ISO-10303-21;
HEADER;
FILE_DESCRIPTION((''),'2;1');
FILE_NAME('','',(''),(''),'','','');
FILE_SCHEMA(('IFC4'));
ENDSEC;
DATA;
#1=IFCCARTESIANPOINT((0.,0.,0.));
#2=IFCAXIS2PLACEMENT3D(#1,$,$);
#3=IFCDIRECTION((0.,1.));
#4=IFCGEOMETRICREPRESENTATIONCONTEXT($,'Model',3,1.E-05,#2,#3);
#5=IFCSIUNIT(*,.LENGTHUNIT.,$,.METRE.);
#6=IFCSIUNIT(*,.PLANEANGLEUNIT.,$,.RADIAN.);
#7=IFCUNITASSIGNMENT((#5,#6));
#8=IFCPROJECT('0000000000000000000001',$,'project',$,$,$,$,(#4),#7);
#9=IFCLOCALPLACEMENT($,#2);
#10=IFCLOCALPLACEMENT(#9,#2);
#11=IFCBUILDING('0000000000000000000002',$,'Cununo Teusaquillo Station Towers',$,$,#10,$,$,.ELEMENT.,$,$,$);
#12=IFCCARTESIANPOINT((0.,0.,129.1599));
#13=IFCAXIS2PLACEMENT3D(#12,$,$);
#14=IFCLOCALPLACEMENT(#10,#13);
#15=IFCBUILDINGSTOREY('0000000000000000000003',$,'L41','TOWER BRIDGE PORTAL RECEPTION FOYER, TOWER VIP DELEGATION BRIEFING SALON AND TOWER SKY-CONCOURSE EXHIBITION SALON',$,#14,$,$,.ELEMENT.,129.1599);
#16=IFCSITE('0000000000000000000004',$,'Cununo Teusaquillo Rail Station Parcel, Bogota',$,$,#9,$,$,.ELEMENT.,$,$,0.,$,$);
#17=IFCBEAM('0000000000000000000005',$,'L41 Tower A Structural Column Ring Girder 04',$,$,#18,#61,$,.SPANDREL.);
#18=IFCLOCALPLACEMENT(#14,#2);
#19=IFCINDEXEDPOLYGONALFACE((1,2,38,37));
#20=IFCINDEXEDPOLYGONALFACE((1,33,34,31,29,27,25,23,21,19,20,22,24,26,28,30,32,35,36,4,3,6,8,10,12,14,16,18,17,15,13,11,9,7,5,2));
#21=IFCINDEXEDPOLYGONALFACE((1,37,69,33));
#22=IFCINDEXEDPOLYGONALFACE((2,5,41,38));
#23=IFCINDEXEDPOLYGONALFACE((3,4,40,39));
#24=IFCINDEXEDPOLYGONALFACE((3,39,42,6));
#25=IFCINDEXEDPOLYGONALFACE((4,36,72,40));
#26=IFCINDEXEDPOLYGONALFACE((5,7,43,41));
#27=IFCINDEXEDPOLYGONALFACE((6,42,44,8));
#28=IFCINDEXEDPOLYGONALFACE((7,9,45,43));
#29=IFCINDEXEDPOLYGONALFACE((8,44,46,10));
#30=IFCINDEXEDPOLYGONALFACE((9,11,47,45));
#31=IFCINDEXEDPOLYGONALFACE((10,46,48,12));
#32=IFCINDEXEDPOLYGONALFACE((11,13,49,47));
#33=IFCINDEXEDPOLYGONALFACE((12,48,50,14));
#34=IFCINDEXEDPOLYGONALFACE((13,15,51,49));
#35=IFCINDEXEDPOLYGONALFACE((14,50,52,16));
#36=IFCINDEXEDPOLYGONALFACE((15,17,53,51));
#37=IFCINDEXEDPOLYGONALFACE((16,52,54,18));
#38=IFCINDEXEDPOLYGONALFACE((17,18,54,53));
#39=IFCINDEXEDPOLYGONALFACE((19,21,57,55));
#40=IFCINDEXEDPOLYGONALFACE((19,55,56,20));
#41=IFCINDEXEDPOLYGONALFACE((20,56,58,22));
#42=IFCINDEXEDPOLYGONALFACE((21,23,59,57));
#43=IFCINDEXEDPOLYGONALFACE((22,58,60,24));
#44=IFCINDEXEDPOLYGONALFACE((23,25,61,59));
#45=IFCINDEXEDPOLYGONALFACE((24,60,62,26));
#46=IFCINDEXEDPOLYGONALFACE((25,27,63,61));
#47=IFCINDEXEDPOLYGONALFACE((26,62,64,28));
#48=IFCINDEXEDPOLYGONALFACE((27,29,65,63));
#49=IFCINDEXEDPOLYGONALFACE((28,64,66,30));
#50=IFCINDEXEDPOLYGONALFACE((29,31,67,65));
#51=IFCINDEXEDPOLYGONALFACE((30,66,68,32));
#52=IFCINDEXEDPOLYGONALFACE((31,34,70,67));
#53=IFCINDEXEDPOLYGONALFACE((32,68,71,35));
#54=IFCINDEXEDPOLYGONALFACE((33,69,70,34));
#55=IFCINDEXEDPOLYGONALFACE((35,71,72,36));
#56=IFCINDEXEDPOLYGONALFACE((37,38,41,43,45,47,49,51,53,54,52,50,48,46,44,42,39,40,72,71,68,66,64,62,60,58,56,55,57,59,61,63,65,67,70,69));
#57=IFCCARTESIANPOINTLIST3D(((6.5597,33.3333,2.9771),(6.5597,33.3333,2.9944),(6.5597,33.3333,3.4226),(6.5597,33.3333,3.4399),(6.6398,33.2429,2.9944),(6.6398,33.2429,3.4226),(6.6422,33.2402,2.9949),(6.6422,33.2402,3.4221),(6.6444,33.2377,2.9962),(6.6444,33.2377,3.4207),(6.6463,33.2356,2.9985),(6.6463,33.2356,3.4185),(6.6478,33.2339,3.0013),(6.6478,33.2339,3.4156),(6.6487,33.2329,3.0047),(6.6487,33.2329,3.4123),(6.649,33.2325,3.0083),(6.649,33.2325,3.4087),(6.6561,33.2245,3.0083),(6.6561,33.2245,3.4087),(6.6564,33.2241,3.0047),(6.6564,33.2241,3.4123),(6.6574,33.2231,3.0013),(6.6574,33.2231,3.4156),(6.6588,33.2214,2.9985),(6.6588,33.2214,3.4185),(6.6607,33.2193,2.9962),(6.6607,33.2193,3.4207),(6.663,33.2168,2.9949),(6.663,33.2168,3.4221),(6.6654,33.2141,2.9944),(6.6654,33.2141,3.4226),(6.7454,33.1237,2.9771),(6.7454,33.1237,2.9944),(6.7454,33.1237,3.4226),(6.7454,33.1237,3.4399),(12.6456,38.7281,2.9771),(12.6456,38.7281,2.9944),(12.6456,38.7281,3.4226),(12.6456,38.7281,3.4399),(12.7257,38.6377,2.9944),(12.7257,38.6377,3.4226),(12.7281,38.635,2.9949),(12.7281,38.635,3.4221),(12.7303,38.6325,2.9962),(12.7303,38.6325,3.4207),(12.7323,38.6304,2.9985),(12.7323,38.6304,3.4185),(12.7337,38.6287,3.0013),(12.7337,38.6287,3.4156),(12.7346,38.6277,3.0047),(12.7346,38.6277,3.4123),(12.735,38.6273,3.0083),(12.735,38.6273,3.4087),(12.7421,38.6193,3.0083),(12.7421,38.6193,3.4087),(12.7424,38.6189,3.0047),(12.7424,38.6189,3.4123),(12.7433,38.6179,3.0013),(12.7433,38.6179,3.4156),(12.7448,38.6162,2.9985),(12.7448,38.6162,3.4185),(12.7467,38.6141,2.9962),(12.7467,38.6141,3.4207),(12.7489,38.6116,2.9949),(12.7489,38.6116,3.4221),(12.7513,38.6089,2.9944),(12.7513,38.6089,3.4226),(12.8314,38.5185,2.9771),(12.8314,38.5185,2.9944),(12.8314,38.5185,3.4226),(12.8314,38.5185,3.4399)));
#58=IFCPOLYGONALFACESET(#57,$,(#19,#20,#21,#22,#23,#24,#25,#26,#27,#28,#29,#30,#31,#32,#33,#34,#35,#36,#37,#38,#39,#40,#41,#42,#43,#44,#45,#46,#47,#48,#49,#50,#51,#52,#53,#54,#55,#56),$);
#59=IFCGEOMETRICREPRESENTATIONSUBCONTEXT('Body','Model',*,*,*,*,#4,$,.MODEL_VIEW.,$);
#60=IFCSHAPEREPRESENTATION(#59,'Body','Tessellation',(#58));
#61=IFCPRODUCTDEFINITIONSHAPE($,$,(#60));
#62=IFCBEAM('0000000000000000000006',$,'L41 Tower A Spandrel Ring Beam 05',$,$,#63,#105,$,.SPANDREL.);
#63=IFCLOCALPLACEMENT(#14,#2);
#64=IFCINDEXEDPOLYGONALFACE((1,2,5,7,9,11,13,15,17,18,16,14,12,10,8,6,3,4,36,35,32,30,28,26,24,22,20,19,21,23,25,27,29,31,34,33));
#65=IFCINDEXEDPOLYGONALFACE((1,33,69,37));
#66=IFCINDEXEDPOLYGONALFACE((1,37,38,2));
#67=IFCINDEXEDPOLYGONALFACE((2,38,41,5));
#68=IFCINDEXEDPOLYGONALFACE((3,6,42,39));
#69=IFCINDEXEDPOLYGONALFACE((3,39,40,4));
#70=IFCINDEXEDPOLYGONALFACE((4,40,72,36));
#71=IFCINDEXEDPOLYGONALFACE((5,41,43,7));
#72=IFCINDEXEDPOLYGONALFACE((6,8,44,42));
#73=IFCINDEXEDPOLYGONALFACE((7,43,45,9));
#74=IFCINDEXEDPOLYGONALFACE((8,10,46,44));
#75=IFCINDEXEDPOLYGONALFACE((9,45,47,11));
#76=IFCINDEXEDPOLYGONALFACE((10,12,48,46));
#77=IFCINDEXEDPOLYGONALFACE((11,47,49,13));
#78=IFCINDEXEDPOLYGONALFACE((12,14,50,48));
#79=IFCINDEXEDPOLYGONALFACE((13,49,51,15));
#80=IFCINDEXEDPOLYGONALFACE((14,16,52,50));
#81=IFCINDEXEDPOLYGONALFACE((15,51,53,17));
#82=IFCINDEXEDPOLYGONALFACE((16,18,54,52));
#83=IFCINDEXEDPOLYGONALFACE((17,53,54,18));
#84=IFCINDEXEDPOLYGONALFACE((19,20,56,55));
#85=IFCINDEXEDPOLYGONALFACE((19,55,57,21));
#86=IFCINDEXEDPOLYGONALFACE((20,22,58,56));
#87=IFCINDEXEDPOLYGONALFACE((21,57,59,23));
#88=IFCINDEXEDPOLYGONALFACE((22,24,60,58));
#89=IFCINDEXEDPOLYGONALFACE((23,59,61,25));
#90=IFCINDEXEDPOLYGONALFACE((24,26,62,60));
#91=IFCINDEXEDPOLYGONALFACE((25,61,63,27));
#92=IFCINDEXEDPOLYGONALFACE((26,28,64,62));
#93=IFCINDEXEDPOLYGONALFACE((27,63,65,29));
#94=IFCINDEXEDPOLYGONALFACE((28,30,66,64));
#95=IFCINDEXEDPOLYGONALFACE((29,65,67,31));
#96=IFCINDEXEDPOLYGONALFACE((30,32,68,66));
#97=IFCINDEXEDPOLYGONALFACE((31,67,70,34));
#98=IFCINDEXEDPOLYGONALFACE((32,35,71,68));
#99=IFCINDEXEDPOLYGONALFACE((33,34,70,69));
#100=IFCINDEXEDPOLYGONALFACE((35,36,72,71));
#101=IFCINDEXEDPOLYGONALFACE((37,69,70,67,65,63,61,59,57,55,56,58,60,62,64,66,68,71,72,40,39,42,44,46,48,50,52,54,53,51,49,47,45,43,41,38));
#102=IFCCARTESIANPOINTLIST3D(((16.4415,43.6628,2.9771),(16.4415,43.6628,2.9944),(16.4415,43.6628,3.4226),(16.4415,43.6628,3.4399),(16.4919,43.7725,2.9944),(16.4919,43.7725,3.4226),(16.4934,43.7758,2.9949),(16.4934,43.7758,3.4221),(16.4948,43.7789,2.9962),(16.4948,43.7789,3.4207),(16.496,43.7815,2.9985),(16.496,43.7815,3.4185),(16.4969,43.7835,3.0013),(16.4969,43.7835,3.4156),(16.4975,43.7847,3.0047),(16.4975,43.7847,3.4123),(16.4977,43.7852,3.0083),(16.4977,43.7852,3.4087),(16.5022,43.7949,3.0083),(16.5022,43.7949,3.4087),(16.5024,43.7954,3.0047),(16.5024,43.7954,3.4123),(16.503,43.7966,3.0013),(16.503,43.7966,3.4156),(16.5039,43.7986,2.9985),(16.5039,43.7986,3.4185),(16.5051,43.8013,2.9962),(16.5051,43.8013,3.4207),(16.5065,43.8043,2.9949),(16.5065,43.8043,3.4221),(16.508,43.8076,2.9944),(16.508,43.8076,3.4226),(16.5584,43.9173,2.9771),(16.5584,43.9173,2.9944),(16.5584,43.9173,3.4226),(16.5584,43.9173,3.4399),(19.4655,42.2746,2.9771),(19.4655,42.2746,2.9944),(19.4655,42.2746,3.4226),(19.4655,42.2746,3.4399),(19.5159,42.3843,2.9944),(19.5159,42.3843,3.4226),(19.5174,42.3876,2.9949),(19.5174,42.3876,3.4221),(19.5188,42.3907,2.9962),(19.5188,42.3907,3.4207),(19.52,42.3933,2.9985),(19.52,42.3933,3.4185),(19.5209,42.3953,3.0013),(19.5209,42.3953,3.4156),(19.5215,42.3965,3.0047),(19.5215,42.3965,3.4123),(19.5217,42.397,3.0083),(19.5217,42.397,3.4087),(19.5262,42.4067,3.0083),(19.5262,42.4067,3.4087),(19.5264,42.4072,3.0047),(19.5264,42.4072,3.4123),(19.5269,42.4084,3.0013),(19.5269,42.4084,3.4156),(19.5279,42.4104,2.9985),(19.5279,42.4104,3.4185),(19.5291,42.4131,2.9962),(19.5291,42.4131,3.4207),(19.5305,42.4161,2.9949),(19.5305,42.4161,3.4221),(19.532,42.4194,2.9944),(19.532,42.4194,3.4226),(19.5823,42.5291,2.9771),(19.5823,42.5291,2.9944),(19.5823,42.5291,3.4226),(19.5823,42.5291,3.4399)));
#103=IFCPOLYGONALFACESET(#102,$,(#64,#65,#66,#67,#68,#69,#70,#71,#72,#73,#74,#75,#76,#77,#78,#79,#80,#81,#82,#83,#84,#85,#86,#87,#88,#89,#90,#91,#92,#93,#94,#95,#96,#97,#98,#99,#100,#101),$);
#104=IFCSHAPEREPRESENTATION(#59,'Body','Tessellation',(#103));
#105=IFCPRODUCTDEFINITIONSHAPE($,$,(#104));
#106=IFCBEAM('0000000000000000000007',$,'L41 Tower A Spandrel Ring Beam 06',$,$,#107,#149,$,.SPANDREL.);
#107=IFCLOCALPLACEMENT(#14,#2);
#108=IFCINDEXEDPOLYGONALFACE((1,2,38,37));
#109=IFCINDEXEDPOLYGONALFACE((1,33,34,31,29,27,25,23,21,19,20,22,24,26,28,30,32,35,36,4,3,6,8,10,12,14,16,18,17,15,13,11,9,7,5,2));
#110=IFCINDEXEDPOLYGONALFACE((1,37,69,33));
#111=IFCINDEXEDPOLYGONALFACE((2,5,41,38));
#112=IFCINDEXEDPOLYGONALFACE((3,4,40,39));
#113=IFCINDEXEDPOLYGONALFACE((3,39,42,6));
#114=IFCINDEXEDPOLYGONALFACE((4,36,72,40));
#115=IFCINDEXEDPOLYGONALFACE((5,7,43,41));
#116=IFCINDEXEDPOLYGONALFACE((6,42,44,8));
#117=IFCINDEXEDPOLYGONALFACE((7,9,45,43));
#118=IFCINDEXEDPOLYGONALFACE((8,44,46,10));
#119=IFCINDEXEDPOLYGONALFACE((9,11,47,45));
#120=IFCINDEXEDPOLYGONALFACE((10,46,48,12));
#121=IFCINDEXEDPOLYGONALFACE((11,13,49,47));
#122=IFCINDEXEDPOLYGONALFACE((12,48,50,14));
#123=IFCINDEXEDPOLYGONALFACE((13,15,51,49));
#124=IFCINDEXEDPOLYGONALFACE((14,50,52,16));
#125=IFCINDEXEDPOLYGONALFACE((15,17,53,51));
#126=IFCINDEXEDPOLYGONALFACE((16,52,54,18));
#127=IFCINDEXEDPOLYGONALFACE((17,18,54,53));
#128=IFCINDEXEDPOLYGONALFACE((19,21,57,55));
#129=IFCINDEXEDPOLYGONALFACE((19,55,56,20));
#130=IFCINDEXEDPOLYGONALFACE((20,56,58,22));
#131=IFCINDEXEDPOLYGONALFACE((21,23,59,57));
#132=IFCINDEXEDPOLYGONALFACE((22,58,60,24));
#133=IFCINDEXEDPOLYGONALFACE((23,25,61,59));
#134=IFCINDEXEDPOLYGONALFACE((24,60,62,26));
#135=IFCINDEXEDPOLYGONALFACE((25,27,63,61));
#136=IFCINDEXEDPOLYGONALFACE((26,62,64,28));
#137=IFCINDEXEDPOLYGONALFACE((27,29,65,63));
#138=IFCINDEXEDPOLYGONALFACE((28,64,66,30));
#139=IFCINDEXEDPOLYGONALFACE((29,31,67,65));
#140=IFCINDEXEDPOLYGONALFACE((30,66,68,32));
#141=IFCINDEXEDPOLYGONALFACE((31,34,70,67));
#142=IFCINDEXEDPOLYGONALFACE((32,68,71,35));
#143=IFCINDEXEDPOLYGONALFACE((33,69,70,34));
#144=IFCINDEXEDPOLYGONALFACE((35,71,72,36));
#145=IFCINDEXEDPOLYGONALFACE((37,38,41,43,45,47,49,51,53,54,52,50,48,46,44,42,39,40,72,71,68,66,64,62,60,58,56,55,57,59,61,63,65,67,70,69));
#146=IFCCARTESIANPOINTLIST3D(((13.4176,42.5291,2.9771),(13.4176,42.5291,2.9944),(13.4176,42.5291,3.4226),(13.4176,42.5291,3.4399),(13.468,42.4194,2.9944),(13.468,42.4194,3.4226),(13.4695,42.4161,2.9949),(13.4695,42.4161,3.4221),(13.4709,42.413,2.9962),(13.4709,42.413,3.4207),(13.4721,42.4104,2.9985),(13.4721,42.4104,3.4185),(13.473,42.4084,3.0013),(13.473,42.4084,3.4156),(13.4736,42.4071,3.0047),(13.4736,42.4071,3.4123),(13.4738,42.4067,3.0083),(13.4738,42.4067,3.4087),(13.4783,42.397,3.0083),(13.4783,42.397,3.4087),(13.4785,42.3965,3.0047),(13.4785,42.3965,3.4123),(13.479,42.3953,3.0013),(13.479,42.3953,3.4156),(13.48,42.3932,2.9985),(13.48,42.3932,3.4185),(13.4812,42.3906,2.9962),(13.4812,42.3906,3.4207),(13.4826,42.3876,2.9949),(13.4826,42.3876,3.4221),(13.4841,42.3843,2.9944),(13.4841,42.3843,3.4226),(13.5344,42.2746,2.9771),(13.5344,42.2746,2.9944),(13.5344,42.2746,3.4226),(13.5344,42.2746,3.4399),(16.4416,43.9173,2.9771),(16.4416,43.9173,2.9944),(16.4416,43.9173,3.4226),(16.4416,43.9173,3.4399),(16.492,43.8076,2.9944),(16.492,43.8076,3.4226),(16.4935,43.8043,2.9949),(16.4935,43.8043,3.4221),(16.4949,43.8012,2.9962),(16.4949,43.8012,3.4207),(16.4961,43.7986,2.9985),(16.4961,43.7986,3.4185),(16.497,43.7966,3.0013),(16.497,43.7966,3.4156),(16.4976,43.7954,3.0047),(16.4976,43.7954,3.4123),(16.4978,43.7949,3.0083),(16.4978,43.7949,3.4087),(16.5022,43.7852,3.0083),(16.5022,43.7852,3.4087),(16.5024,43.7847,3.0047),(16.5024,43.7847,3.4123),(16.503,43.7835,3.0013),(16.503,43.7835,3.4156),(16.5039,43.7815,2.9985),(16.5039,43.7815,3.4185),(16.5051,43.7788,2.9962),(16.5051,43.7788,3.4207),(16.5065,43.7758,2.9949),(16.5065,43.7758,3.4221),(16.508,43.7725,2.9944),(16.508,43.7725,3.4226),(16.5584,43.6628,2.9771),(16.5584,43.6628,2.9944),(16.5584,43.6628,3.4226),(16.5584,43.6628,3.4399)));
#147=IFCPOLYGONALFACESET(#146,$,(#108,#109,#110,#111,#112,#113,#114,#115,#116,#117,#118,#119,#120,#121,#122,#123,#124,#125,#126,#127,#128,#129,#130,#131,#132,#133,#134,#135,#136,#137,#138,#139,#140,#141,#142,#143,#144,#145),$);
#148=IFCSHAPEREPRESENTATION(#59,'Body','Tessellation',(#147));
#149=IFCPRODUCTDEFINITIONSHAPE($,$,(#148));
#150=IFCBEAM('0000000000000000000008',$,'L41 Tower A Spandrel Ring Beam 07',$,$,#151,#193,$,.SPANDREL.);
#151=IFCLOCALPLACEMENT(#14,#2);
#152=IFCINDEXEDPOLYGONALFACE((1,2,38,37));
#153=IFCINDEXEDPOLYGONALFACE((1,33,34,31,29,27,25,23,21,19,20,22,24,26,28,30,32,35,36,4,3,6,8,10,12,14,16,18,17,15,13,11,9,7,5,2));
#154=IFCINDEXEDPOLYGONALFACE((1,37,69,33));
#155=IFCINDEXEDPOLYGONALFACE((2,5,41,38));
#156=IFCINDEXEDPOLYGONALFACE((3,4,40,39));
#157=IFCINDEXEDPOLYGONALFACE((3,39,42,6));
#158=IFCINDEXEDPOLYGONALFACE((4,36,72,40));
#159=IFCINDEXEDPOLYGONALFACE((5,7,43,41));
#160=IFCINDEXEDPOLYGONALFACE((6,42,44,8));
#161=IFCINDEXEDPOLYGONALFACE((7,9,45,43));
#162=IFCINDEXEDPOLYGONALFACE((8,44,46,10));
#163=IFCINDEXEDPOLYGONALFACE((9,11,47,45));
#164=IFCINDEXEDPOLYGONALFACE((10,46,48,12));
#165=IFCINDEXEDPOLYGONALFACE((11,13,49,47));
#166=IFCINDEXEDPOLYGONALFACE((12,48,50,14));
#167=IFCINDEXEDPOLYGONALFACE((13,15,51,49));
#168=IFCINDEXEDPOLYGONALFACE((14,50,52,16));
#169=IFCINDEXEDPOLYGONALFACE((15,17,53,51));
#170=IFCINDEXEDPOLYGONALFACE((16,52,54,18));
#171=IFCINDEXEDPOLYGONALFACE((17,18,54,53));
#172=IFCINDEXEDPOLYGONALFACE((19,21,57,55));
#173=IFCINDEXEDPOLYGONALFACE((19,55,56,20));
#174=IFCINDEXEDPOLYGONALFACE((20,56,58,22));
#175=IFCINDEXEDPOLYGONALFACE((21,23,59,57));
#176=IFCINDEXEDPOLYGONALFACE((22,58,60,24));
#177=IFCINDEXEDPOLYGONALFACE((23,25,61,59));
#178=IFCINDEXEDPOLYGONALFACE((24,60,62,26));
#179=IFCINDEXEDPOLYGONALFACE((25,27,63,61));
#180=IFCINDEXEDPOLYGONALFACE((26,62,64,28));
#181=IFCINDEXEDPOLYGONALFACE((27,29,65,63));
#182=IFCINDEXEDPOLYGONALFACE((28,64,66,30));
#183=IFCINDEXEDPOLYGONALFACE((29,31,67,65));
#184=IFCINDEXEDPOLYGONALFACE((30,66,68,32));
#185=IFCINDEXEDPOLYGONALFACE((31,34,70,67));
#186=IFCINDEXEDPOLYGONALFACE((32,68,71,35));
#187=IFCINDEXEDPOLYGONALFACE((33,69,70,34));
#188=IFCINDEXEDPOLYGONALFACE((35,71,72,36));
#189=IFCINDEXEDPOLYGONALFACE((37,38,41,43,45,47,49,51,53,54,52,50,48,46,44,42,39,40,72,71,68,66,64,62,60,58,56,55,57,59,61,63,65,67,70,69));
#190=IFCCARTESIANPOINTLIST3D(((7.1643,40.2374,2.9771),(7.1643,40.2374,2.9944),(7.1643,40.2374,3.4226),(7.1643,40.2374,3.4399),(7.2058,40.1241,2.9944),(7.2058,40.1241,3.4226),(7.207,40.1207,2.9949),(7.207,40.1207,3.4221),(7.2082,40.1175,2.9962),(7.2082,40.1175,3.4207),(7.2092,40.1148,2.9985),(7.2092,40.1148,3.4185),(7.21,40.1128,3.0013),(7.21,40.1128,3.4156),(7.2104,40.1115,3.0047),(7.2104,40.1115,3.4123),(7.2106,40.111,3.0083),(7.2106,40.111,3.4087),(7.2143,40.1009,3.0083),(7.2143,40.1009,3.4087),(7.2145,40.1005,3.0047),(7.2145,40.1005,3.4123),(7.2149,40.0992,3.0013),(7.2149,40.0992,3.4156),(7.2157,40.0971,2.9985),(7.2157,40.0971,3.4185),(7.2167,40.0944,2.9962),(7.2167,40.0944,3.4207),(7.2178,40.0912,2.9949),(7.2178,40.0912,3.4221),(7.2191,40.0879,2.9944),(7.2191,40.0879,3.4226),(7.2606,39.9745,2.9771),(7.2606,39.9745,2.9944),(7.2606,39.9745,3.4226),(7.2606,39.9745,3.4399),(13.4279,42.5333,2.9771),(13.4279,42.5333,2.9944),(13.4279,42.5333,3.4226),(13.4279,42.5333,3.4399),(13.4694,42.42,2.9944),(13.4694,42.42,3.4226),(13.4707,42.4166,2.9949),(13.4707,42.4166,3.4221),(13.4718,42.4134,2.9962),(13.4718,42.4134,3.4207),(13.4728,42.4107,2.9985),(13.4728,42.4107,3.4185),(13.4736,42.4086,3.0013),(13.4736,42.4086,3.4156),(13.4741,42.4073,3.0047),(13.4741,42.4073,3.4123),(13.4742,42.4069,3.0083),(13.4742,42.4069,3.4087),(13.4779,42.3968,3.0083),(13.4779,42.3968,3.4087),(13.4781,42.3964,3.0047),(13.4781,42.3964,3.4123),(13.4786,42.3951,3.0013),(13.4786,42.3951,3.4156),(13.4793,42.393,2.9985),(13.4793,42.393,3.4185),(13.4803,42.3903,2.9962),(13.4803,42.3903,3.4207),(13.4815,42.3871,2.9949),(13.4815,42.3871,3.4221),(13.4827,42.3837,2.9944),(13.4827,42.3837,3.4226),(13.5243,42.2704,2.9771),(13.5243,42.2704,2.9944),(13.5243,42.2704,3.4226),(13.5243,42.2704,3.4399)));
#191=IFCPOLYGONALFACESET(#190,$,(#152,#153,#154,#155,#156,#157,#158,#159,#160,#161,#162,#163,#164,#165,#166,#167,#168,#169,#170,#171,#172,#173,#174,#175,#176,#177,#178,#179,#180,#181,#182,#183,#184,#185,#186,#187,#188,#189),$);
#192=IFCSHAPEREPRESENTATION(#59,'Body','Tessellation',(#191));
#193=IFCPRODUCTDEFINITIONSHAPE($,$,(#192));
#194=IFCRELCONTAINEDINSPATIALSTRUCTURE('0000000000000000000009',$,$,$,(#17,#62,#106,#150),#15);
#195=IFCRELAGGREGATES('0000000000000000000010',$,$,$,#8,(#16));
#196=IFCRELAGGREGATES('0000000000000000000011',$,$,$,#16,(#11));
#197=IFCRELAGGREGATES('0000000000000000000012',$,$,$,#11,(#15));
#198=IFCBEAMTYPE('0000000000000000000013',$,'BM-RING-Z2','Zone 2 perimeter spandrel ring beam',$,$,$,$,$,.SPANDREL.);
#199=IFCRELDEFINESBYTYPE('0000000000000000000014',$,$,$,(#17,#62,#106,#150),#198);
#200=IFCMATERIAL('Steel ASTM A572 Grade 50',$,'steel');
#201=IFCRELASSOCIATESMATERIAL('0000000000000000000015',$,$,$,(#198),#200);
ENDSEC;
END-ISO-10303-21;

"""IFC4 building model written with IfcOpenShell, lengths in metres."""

from ifc_helpers import new_model, si_unit, direction, frame, origin, origin_2d, place, context, subcontext, project, spatial, i_section, extrude, material, material_profile, profile_set, type_object, element, save


model = new_model("IFC4")

# Units and contexts
model_context = context("Model", 3, precision=1e-05, world=origin(), true_north=direction((0.0, 1.0)))
body_context = subcontext(model_context, "Body", "Model", "MODEL_VIEW")
ifc_project = project(units=[si_unit("LENGTHUNIT", "METRE"), si_unit("PLANEANGLEUNIT", "RADIAN")], contexts=[model_context])

# Site, building, storey
site_placement = place(None, origin())
site = spatial("IfcSite", under=ifc_project, at=site_placement, Name="Cununo Teusaquillo Rail Station Parcel, Bogota", CompositionType="ELEMENT", RefElevation=0.0)
building_placement = place(site_placement, origin())
building = spatial("IfcBuilding", under=site, at=building_placement, Name="Cununo Teusaquillo Station Towers", CompositionType="ELEMENT")
storey_placement = place(building_placement, frame((0.0, 0.0, 129.1599)))
storey = spatial("IfcBuildingStorey", under=building, at=storey_placement, Name="L41", Description="TOWER BRIDGE PORTAL RECEPTION FOYER, TOWER VIP DELEGATION BRIEFING SALON AND TOWER SKY-CONCOURSE EXHIBITION SALON", CompositionType="ELEMENT", Elevation=129.1599)

# Beams
ifc_material_1 = material(Name="Steel ASTM A572 Grade 50", Category="steel")
ifc_material_profile_1 = material_profile(ifc_material_1, i_section(OverallWidth=0.28, OverallDepth=0.4629, WebThickness=0.0107, FlangeThickness=0.0173, FilletRadius=0.0139, at=origin_2d()), Name="W18X76")
ifc_profile_set_1 = profile_set([ifc_material_profile_1], Name="Steel ASTM A572 Grade 50")
beam_type = type_object("IfcBeamType", Name="BM-RING-Z2", Description="Zone 2 perimeter spandrel ring beam", PredefinedType="SPANDREL", material=ifc_profile_set_1)
beam_1_placement = place(storey_placement, frame((12.7385, 38.6233, 3.2085), z_axis=(-0.748321, -0.663337, 0.0), x_axis=(0.663337, -0.748321, 0.0)))
element("IfcBeam", 1, at=beam_1_placement, inside=storey, type_object=beam_type, Name="L41 Tower A Structural Column Ring Girder 04", PredefinedType="SPANDREL", context=body_context, shape_type="SweptSolid", body=[
    extrude(i_section(OverallWidth=0.28, OverallDepth=0.4629, WebThickness=0.0107, FlangeThickness=0.0173, FilletRadius=0.0139, at=origin_2d()), origin(), (0.0, 0.0, 1.0), 8.1328),
])
for number, where, z_axis, x_axis, name in (
    (2, (19.5239, 42.4019, 3.2085), (-0.908812, 0.417205, 0.0), (-0.417205, -0.908812, 0.0), "L41 Tower A Spandrel Ring Beam 05"),
    (3, (16.5, 43.79, 3.2085), (-0.908812, -0.417205, 0.0), (0.417205, -0.908812, 0.0), "L41 Tower A Spandrel Ring Beam 06"),
):
    element("IfcBeam", number, at=place(storey_placement, frame(where, z_axis=z_axis, x_axis=x_axis)), inside=storey, type_object=beam_type, Name=name, PredefinedType="SPANDREL", context=body_context, shape_type="SweptSolid", body=[
        extrude(i_section(OverallWidth=0.28, OverallDepth=0.4629, WebThickness=0.0107, FlangeThickness=0.0173, FilletRadius=0.0139, at=origin_2d()), origin(), (0.0, 0.0, 1.0), 3.3274),
    ])
beam_2_placement = place(storey_placement, frame((13.4761, 42.4019, 3.2085), z_axis=(-0.938914, -0.344151, 0.0), x_axis=(0.344151, -0.938914, 0.0)))
element("IfcBeam", 4, at=beam_2_placement, inside=storey, type_object=beam_type, Name="L41 Tower A Spandrel Ring Beam 07", PredefinedType="SPANDREL", context=body_context, shape_type="SweptSolid", body=[
    extrude(i_section(OverallWidth=0.28, OverallDepth=0.4629, WebThickness=0.0107, FlangeThickness=0.0173, FilletRadius=0.0139, at=origin_2d()), origin(), (0.0, 0.0, 1.0), 6.6711),
])

save(model, "model.ifc")
